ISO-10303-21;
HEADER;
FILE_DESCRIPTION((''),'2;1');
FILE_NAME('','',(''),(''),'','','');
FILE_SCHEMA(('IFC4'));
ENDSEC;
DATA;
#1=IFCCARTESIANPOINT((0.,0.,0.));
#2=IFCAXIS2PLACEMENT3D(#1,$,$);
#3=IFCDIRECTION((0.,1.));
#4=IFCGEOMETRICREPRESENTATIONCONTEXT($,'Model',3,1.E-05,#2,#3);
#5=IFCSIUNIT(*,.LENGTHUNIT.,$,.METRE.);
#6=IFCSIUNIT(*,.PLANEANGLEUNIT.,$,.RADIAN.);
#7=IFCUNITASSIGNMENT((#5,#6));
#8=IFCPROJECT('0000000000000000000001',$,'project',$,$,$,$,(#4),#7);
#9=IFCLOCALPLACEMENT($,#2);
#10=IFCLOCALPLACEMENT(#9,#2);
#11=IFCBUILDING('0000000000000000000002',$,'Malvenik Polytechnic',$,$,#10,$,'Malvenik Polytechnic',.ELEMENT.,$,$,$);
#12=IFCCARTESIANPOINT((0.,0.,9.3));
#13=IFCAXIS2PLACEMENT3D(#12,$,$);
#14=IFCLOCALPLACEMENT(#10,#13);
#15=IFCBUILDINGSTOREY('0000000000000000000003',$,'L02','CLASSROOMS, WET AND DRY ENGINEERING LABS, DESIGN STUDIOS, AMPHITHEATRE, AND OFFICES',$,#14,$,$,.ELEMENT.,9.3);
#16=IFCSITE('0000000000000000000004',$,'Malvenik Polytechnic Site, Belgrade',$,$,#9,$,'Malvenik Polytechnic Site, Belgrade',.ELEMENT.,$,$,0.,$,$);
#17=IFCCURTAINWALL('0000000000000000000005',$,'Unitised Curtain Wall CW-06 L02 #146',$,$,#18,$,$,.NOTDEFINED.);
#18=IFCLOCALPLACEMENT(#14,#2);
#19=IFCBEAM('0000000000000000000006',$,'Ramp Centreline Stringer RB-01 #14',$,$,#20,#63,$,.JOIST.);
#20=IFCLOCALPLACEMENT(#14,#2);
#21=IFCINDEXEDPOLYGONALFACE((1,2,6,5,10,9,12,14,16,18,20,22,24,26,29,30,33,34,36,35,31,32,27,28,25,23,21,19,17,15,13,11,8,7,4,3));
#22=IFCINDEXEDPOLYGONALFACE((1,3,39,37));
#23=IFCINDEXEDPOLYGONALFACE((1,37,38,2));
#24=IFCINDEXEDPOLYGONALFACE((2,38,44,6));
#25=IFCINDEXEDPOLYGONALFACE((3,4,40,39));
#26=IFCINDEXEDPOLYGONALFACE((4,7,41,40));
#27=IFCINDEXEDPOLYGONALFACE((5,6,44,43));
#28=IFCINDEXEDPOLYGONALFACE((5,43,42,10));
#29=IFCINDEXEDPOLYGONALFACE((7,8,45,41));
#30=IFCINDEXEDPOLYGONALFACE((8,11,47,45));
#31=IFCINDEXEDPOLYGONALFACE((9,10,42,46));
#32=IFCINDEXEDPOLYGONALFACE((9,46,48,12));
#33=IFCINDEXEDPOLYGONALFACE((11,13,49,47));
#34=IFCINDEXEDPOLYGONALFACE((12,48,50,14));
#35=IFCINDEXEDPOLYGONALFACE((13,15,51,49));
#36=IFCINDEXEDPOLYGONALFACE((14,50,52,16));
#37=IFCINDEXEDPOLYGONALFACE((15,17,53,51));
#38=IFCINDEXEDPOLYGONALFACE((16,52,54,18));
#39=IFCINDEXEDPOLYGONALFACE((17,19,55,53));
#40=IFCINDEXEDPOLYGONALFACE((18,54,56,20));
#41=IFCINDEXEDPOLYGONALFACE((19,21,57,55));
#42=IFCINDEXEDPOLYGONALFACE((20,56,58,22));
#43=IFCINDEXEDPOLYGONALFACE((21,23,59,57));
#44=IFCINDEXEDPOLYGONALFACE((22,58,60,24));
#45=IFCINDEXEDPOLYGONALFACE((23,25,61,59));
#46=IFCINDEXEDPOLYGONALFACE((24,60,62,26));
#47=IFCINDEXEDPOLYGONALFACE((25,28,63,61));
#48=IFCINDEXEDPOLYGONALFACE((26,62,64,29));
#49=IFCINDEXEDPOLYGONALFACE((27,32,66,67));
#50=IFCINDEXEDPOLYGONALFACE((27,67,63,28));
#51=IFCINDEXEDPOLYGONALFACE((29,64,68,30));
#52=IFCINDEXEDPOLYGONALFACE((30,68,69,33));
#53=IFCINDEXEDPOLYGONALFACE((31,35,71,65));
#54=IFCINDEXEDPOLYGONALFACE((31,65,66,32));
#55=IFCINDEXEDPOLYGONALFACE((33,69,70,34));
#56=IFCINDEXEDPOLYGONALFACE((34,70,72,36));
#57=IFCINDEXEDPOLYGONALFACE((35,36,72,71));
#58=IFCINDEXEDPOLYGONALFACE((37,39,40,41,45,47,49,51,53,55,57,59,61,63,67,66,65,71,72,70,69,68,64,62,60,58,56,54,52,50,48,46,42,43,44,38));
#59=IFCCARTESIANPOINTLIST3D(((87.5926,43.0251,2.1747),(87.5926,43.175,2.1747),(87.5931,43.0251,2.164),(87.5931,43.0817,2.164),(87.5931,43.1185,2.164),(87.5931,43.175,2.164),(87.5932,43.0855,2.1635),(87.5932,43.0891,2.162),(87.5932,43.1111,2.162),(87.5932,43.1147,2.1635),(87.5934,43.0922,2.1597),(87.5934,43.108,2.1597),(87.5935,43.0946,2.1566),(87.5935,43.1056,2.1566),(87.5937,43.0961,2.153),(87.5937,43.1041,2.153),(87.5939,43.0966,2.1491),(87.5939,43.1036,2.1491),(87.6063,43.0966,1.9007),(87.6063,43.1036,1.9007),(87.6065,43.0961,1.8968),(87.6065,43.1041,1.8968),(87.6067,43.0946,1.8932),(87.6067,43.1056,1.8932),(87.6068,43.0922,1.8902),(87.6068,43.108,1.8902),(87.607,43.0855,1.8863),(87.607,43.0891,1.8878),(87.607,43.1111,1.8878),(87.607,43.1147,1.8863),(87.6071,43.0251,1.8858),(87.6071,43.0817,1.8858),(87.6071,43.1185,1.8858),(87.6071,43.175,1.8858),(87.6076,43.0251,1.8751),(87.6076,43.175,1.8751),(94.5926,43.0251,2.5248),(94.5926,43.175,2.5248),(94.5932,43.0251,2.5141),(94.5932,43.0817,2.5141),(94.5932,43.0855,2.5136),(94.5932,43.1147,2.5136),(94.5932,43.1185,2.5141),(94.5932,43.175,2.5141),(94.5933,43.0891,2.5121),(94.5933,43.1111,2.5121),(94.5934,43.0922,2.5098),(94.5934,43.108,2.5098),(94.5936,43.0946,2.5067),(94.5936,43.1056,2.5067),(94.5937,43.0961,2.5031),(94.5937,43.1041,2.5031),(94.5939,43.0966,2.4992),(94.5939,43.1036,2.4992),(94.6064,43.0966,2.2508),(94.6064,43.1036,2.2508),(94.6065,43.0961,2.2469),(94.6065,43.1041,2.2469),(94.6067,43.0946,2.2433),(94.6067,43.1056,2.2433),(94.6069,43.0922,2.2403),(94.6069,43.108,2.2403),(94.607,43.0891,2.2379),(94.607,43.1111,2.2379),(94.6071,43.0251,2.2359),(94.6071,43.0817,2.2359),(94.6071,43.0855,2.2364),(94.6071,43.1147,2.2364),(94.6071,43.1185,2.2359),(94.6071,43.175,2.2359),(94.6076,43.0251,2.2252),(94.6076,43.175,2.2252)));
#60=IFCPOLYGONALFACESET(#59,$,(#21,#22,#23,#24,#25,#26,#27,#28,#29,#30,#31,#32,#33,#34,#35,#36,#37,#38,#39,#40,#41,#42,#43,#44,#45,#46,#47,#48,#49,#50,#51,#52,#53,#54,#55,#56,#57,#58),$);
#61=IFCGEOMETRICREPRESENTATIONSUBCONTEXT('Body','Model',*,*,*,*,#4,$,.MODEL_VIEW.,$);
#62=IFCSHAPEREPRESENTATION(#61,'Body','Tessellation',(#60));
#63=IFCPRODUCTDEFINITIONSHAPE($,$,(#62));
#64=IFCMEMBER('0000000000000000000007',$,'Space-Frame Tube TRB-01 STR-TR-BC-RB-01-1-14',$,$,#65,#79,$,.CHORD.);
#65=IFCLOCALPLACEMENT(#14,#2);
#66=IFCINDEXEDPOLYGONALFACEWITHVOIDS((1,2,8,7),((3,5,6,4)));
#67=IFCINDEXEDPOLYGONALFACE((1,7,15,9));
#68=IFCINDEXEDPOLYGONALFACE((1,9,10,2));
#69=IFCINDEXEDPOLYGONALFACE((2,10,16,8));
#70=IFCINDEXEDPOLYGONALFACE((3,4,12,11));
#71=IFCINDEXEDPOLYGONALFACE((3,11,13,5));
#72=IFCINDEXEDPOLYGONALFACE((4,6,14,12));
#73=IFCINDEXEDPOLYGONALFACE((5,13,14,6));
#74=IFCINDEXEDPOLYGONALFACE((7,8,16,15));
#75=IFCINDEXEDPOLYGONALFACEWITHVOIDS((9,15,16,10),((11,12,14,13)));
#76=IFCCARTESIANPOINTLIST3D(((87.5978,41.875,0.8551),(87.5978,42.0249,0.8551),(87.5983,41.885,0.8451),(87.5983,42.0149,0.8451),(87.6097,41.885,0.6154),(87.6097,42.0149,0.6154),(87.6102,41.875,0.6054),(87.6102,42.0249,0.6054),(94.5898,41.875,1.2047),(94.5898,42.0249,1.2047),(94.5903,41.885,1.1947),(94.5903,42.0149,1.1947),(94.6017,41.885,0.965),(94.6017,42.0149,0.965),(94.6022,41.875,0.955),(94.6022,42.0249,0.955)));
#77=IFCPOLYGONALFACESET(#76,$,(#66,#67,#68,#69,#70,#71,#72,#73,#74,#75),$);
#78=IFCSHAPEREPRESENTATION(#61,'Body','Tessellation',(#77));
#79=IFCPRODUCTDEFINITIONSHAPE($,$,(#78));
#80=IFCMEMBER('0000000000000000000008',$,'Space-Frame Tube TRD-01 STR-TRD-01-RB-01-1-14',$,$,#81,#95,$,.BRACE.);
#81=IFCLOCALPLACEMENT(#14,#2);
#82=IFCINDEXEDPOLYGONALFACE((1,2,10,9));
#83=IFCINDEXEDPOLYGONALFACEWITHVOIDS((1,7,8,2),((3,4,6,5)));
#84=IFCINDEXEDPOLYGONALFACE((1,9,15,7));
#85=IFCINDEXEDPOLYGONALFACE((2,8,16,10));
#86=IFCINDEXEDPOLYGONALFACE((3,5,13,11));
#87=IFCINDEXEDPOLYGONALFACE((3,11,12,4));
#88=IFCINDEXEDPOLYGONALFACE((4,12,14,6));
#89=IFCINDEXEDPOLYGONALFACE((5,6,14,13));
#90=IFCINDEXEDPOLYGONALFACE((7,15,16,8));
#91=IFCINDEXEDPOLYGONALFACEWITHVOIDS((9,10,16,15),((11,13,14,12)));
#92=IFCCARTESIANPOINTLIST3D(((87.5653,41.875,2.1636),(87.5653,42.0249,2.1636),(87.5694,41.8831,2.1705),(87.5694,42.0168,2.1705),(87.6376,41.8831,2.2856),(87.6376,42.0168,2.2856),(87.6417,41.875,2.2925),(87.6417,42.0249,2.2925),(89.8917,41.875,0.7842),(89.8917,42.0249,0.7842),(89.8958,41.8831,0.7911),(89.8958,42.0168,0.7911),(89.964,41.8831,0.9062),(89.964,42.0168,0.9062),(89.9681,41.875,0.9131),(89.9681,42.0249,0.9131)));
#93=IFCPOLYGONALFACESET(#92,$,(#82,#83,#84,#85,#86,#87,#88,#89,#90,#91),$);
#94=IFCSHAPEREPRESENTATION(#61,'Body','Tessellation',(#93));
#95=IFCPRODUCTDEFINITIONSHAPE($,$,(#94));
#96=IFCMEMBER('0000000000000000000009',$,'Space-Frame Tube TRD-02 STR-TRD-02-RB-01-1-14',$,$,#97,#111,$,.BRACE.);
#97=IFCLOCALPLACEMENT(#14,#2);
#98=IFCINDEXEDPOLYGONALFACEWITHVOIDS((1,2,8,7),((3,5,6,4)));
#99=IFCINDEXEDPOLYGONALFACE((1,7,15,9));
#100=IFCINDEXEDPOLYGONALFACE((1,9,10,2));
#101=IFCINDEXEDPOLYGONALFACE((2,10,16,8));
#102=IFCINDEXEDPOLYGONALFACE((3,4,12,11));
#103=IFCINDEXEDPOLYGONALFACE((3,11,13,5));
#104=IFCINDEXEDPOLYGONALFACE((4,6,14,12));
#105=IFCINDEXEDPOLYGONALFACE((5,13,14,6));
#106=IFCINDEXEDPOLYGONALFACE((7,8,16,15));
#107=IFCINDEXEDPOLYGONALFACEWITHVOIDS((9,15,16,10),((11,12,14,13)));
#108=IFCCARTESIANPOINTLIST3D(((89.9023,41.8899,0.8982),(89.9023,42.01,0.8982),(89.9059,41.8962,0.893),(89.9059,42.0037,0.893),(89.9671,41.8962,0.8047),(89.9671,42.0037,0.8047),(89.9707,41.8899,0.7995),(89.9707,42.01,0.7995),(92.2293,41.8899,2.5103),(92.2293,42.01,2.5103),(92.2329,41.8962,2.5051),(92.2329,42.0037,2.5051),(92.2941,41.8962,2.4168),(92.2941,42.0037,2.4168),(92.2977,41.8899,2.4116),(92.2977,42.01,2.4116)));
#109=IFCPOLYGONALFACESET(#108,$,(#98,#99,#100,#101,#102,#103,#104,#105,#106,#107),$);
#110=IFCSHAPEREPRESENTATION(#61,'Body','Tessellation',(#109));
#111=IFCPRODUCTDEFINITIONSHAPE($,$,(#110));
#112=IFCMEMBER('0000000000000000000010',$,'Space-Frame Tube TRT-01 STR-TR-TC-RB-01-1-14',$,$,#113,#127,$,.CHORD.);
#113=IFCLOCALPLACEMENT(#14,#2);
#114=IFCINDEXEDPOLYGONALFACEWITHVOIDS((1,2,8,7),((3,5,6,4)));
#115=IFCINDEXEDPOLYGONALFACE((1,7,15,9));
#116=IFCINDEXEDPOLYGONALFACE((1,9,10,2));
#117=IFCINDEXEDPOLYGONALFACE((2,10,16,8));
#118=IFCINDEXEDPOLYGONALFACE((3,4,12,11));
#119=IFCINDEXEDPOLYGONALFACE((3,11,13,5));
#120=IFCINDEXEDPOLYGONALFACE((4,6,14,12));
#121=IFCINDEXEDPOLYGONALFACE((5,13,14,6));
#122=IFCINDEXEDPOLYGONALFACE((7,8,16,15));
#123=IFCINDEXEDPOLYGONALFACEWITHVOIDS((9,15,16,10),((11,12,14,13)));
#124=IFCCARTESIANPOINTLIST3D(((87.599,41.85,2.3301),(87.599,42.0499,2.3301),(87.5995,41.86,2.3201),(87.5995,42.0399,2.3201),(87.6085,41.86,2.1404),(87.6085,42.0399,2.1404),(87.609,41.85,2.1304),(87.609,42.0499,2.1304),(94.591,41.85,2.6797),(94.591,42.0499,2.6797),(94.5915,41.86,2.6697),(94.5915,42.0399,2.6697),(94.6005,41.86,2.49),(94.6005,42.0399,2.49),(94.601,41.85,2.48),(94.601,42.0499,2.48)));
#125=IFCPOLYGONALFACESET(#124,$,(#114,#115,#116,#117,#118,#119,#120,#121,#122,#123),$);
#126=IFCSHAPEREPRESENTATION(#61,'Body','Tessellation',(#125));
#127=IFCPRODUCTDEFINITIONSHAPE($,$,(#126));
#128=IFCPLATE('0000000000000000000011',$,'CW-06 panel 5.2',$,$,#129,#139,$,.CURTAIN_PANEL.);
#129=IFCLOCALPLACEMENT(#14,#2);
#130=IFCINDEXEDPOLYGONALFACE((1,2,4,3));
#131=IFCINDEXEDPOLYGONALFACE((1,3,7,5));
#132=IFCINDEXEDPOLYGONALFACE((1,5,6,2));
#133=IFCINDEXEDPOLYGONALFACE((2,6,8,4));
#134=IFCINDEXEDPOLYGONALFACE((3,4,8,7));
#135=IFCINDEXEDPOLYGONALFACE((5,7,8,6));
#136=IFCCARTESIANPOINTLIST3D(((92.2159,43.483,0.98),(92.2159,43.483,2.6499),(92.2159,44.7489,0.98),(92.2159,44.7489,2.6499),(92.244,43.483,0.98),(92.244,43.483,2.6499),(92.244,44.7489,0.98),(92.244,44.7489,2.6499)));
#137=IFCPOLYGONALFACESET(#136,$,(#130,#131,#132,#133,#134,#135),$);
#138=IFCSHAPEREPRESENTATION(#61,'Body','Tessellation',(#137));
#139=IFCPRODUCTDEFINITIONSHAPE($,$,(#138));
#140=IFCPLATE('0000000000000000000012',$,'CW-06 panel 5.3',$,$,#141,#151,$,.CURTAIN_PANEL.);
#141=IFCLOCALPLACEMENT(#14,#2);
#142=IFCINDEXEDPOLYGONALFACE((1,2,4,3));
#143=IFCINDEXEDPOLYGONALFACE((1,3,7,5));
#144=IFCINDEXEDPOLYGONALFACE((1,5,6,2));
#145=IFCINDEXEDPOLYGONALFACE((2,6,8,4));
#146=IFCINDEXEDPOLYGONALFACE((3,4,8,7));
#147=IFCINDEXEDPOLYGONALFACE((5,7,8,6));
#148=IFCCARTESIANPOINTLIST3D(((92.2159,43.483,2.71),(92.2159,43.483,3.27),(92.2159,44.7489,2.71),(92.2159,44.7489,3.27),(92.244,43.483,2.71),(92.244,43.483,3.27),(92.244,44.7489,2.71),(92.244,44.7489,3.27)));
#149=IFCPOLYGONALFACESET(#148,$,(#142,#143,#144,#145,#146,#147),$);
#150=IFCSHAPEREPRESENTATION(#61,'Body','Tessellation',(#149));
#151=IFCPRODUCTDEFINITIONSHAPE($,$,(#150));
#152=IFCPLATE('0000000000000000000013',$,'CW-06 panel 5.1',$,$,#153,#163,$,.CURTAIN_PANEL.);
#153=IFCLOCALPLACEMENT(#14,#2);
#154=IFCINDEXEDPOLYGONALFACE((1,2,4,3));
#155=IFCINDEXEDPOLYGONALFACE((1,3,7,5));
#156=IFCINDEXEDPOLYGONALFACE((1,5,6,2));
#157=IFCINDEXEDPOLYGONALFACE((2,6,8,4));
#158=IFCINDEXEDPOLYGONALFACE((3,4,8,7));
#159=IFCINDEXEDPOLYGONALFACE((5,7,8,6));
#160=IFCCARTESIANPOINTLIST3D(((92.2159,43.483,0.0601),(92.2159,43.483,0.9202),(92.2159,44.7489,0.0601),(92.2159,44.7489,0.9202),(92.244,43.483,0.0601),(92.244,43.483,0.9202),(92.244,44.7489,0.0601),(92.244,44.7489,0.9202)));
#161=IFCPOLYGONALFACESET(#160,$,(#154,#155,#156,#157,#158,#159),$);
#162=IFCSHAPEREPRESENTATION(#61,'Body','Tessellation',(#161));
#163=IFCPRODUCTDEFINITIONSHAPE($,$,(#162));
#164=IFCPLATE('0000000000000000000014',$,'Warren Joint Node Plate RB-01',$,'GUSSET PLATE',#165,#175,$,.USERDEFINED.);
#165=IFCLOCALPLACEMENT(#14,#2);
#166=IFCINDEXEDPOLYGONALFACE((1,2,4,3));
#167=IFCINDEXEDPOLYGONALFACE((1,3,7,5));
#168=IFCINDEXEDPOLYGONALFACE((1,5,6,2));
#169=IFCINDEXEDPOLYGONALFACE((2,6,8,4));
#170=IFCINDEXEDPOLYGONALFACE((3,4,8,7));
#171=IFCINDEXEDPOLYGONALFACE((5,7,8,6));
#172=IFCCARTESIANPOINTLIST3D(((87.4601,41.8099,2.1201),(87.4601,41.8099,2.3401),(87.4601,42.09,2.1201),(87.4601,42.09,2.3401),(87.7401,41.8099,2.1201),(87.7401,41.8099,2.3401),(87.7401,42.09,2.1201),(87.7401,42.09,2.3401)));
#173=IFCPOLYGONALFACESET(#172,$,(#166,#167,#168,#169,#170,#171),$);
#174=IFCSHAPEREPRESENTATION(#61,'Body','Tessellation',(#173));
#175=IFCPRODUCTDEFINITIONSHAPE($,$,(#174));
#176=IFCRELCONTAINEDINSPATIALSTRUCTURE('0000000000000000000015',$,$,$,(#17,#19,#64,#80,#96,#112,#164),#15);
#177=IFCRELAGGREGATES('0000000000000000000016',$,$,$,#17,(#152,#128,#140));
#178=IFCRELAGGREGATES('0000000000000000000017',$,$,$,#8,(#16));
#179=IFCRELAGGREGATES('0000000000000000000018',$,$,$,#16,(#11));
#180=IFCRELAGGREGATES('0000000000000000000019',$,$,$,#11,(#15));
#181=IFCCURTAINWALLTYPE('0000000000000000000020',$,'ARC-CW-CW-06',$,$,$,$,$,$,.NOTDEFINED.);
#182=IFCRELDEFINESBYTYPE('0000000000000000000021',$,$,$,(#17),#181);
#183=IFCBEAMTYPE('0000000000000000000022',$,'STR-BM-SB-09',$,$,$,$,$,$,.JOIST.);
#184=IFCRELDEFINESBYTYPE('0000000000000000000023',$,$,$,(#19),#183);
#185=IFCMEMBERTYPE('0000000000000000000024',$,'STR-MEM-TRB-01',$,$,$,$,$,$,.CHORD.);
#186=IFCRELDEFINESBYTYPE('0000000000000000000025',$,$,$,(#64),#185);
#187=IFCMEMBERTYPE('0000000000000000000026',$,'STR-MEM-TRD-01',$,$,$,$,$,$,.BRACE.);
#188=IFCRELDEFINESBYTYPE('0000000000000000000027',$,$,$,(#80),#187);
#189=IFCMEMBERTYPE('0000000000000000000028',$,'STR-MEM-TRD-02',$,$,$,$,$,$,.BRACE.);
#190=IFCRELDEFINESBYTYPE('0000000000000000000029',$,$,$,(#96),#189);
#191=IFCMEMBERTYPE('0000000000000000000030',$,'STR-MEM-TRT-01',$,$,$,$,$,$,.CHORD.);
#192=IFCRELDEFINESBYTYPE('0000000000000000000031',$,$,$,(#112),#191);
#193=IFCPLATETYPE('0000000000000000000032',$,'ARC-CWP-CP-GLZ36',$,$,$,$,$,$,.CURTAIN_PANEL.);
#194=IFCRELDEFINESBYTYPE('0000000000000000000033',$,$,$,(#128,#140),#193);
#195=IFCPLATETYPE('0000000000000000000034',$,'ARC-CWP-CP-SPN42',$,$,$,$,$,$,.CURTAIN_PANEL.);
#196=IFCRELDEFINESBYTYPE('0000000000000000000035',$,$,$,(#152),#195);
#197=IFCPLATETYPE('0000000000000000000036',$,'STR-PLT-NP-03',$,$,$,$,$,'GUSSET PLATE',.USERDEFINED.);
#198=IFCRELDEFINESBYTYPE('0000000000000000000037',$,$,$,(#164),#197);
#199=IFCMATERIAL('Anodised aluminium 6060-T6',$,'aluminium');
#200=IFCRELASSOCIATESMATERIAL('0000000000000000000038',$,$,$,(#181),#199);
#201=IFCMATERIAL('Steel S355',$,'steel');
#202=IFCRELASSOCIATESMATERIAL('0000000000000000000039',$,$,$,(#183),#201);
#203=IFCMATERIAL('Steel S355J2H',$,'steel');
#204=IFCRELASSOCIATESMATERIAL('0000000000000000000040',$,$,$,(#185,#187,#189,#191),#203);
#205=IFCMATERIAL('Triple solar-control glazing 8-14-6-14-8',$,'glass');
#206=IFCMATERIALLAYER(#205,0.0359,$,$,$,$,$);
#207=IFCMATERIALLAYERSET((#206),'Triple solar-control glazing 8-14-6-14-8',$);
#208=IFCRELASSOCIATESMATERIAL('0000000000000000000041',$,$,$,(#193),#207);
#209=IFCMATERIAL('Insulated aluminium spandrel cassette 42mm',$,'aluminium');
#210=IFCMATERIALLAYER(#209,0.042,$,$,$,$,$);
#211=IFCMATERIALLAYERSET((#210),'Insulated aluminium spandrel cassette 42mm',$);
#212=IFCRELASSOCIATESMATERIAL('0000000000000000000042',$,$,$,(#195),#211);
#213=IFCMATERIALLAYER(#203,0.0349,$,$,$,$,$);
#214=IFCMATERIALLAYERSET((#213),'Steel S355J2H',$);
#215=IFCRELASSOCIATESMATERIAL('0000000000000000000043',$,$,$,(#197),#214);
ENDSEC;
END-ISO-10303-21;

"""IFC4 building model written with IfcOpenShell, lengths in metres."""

from ifc_helpers import new_model, si_unit, direction, frame, origin, origin_2d, place, context, subcontext, project, spatial, rectangle, hollow_rectangle, i_section, extrude, material, layer, layer_set, material_profile, profile_set, type_object, element, aggregate, save


model = new_model("IFC4")

# Units and contexts
model_context = context("Model", 3, precision=1e-05, world=origin(), true_north=direction((0.0, 1.0)))
body_context = subcontext(model_context, "Body", "Model", "MODEL_VIEW")
ifc_project = project(units=[si_unit("LENGTHUNIT", "METRE"), si_unit("PLANEANGLEUNIT", "RADIAN")], contexts=[model_context])

# Site, building, storey
site_placement = place(None, origin())
site = spatial("IfcSite", under=ifc_project, at=site_placement, Name="Malvenik Polytechnic Site, Belgrade", LongName="Malvenik Polytechnic Site, Belgrade", CompositionType="ELEMENT", RefElevation=0.0)
building_placement = place(site_placement, origin())
building = spatial("IfcBuilding", under=site, at=building_placement, Name="Malvenik Polytechnic", LongName="Malvenik Polytechnic", CompositionType="ELEMENT")
storey_placement = place(building_placement, frame((0.0, 0.0, 9.3)))
storey = spatial("IfcBuildingStorey", under=building, at=storey_placement, Name="L02", Description="CLASSROOMS, WET AND DRY ENGINEERING LABS, DESIGN STUDIOS, AMPHITHEATRE, AND OFFICES", CompositionType="ELEMENT", Elevation=9.3)

# Shared definitions
ifc_material_1 = material(Name="Steel S355J2H", Category="steel")

# Curtain wall
ifc_material_2 = material(Name="Anodised aluminium 6060-T6", Category="aluminium")
curtain_wall_type = type_object("IfcCurtainWallType", Name="ARC-CW-CW-06", PredefinedType="NOTDEFINED", material=ifc_material_2)
curtain_wall_placement = place(storey_placement, origin())
curtain_wall = element("IfcCurtainWall", 1, at=curtain_wall_placement, inside=storey, type_object=curtain_wall_type, Name="Unitised Curtain Wall CW-06 L02 #146", PredefinedType="NOTDEFINED")

# Beam
ifc_material_3 = material(Name="Steel S355", Category="steel")
ifc_material_profile_1 = material_profile(ifc_material_3, i_section(OverallWidth=0.1499, OverallDepth=0.3, WebThickness=0.0071, FlangeThickness=0.0107, FilletRadius=0.0149, at=origin_2d()), Name="IPE 300")
ifc_profile_set_1 = profile_set([ifc_material_profile_1], Name="Steel S355")
beam_type_1 = type_object("IfcBeamType", Name="STR-BM-SB-09", PredefinedType="JOIST", material=ifc_profile_set_1)
beam_1_placement = place(storey_placement, frame((87.6001, 43.1001, 2.0249), z_axis=(0.998752, 0.0, 0.049952), x_axis=(0.0, 1.0, 0.0)))
element("IfcBeam", 2, at=beam_1_placement, inside=storey, type_object=beam_type_1, Name="Ramp Centreline Stringer RB-01 #14", PredefinedType="JOIST", context=body_context, shape_type="SweptSolid", body=[
    extrude(i_section(OverallWidth=0.1499, OverallDepth=0.3, WebThickness=0.0071, FlangeThickness=0.0107, FilletRadius=0.0149, at=origin_2d()), origin(), (0.0, 0.0, 1.0), 7.0088),
])

# Members
ifc_material_profile_2 = material_profile(ifc_material_1, hollow_rectangle(XDim=0.1499, YDim=0.25, WallThickness=0.01, at=origin_2d()), Name="RHS 250x150x10.0")
ifc_profile_set_2 = profile_set([ifc_material_profile_2], Name="Steel S355J2H")
member_type_1 = type_object("IfcMemberType", Name="STR-MEM-TRB-01", PredefinedType="CHORD", material=ifc_profile_set_2)
member_1_placement = place(storey_placement, frame((87.604, 41.95, 0.7302), z_axis=(0.998752, 0.0, 0.049939), x_axis=(0.0, 1.0, 0.0)))
element("IfcMember", 3, at=member_1_placement, inside=storey, type_object=member_type_1, Name="Space-Frame Tube TRB-01 STR-TR-BC-RB-01-1-14", PredefinedType="CHORD", context=body_context, shape_type="SweptSolid", body=[
    extrude(hollow_rectangle(XDim=0.1499, YDim=0.25, WallThickness=0.01, at=origin_2d()), origin(), (0.0, 0.0, 1.0), 7.0007),
])
ifc_material_profile_3 = material_profile(ifc_material_1, hollow_rectangle(XDim=0.1499, YDim=0.1499, WallThickness=0.0081, at=origin_2d()), Name="SHS 150x150x8.0")
ifc_profile_set_3 = profile_set([ifc_material_profile_3], Name="Steel S355J2H")
member_type_2 = type_object("IfcMemberType", Name="STR-MEM-TRD-01", PredefinedType="BRACE", material=ifc_profile_set_3)
member_2_placement = place(storey_placement, frame((87.6035, 41.95, 2.228), z_axis=(0.860165, 0.0, -0.510015), x_axis=(0.0, 1.0, 0.0)))
element("IfcMember", 4, at=member_2_placement, inside=storey, type_object=member_type_2, Name="Space-Frame Tube TRD-01 STR-TRD-01-RB-01-1-14", PredefinedType="BRACE", context=body_context, shape_type="SweptSolid", body=[
    extrude(hollow_rectangle(XDim=0.1499, YDim=0.1499, WallThickness=0.0081, at=origin_2d()), origin(), (0.0, 0.0, 1.0), 2.7046),
])
ifc_material_profile_4 = material_profile(ifc_material_1, hollow_rectangle(XDim=0.1201, YDim=0.1201, WallThickness=0.0063, at=origin_2d()), Name="SHS 120x120x6.3")
ifc_profile_set_4 = profile_set([ifc_material_profile_4], Name="Steel S355J2H")
member_type_3 = type_object("IfcMemberType", Name="STR-MEM-TRD-02", PredefinedType="BRACE", material=ifc_profile_set_4)
member_3_placement = place(storey_placement, frame((89.9365, 41.95, 0.8489), z_axis=(0.822006, 0.0, 0.569479), x_axis=(0.0, 1.0, 0.0)))
element("IfcMember", 5, at=member_3_placement, inside=storey, type_object=member_type_3, Name="Space-Frame Tube TRD-02 STR-TRD-02-RB-01-1-14", PredefinedType="BRACE", context=body_context, shape_type="SweptSolid", body=[
    extrude(hollow_rectangle(XDim=0.1201, YDim=0.1201, WallThickness=0.0063, at=origin_2d()), origin(), (0.0, 0.0, 1.0), 2.8308),
])
ifc_material_profile_5 = material_profile(ifc_material_1, hollow_rectangle(XDim=0.2, YDim=0.2, WallThickness=0.01, at=origin_2d()), Name="SHS 200x200x10.0")
ifc_profile_set_5 = profile_set([ifc_material_profile_5], Name="Steel S355J2H")
member_type_4 = type_object("IfcMemberType", Name="STR-MEM-TRT-01", PredefinedType="CHORD", material=ifc_profile_set_5)
member_4_placement = place(storey_placement, frame((87.604, 41.95, 2.2302), z_axis=(0.998752, 0.0, 0.049939), x_axis=(0.0, 1.0, 0.0)))
element("IfcMember", 6, at=member_4_placement, inside=storey, type_object=member_type_4, Name="Space-Frame Tube TRT-01 STR-TR-TC-RB-01-1-14", PredefinedType="CHORD", context=body_context, shape_type="SweptSolid", body=[
    extrude(hollow_rectangle(XDim=0.2, YDim=0.2, WallThickness=0.01, at=origin_2d()), origin(), (0.0, 0.0, 1.0), 7.0007),
])

# Plates
ifc_material_4 = material(Name="Triple solar-control glazing 8-14-6-14-8", Category="glass")
ifc_layer_1 = layer(ifc_material_4, 0.0359)
ifc_layer_set_1 = layer_set([ifc_layer_1], Name="Triple solar-control glazing 8-14-6-14-8")
plate_type_1 = type_object("IfcPlateType", Name="ARC-CWP-CP-GLZ36", PredefinedType="CURTAIN_PANEL", material=ifc_layer_set_1)
plate_1_placement = place(storey_placement, frame((92.23, 44.116, 0.98), z_axis=(0.0, 0.0, 1.0), x_axis=(0.0, -1.0, 0.0)))
plate_1 = element("IfcPlate", 7, at=plate_1_placement, type_object=plate_type_1, Name="CW-06 panel 5.2", PredefinedType="CURTAIN_PANEL", context=body_context, shape_type="SweptSolid", body=[
    extrude(rectangle(XDim=1.2659, YDim=0.0281, at=origin_2d()), origin(), (0.0, 0.0, 1.0), 1.6699),
])
plate_2_placement = place(storey_placement, frame((92.23, 44.116, 2.71), z_axis=(0.0, 0.0, 1.0), x_axis=(0.0, -1.0, 0.0)))
plate_2 = element("IfcPlate", 8, at=plate_2_placement, type_object=plate_type_1, Name="CW-06 panel 5.3", PredefinedType="CURTAIN_PANEL", context=body_context, shape_type="SweptSolid", body=[
    extrude(rectangle(XDim=1.2659, YDim=0.0281, at=origin_2d()), origin(), (0.0, 0.0, 1.0), 0.5601),
])
ifc_material_5 = material(Name="Insulated aluminium spandrel cassette 42mm", Category="aluminium")
ifc_layer_2 = layer(ifc_material_5, 0.042)
ifc_layer_set_2 = layer_set([ifc_layer_2], Name="Insulated aluminium spandrel cassette 42mm")
plate_type_2 = type_object("IfcPlateType", Name="ARC-CWP-CP-SPN42", PredefinedType="CURTAIN_PANEL", material=ifc_layer_set_2)
plate_3_placement = place(storey_placement, frame((92.23, 44.116, 0.0601), z_axis=(0.0, 0.0, 1.0), x_axis=(0.0, -1.0, 0.0)))
plate_3 = element("IfcPlate", 9, at=plate_3_placement, type_object=plate_type_2, Name="CW-06 panel 5.1", PredefinedType="CURTAIN_PANEL", context=body_context, shape_type="SweptSolid", body=[
    extrude(rectangle(XDim=1.2659, YDim=0.0281, at=origin_2d()), origin(), (0.0, 0.0, 1.0), 0.8601),
])
aggregate(curtain_wall, [plate_3, plate_1, plate_2])

# Plate
ifc_layer_3 = layer(ifc_material_1, 0.0349)
ifc_layer_set_3 = layer_set([ifc_layer_3], Name="Steel S355J2H")
plate_type_3 = type_object("IfcPlateType", Name="STR-PLT-NP-03", ElementType="GUSSET PLATE", PredefinedType="USERDEFINED", material=ifc_layer_set_3)
for number, where, z_axis, x_axis, name in (
    (10, (87.6001, 41.95, 2.1201), (0.0, 0.0, 1.0), (1.0, 0.0, 0.0), "Warren Joint Node Plate RB-01"),
):
    element("IfcPlate", number, at=place(storey_placement, frame(where, z_axis=z_axis, x_axis=x_axis)), inside=storey, type_object=plate_type_3, Name=name, ObjectType="GUSSET PLATE", PredefinedType="USERDEFINED", context=body_context, shape_type="SweptSolid", body=[
        extrude(rectangle(XDim=0.28, YDim=0.28, at=origin_2d()), origin(), (0.0, 0.0, 1.0), 0.22),
    ])

save(model, "model.ifc")
